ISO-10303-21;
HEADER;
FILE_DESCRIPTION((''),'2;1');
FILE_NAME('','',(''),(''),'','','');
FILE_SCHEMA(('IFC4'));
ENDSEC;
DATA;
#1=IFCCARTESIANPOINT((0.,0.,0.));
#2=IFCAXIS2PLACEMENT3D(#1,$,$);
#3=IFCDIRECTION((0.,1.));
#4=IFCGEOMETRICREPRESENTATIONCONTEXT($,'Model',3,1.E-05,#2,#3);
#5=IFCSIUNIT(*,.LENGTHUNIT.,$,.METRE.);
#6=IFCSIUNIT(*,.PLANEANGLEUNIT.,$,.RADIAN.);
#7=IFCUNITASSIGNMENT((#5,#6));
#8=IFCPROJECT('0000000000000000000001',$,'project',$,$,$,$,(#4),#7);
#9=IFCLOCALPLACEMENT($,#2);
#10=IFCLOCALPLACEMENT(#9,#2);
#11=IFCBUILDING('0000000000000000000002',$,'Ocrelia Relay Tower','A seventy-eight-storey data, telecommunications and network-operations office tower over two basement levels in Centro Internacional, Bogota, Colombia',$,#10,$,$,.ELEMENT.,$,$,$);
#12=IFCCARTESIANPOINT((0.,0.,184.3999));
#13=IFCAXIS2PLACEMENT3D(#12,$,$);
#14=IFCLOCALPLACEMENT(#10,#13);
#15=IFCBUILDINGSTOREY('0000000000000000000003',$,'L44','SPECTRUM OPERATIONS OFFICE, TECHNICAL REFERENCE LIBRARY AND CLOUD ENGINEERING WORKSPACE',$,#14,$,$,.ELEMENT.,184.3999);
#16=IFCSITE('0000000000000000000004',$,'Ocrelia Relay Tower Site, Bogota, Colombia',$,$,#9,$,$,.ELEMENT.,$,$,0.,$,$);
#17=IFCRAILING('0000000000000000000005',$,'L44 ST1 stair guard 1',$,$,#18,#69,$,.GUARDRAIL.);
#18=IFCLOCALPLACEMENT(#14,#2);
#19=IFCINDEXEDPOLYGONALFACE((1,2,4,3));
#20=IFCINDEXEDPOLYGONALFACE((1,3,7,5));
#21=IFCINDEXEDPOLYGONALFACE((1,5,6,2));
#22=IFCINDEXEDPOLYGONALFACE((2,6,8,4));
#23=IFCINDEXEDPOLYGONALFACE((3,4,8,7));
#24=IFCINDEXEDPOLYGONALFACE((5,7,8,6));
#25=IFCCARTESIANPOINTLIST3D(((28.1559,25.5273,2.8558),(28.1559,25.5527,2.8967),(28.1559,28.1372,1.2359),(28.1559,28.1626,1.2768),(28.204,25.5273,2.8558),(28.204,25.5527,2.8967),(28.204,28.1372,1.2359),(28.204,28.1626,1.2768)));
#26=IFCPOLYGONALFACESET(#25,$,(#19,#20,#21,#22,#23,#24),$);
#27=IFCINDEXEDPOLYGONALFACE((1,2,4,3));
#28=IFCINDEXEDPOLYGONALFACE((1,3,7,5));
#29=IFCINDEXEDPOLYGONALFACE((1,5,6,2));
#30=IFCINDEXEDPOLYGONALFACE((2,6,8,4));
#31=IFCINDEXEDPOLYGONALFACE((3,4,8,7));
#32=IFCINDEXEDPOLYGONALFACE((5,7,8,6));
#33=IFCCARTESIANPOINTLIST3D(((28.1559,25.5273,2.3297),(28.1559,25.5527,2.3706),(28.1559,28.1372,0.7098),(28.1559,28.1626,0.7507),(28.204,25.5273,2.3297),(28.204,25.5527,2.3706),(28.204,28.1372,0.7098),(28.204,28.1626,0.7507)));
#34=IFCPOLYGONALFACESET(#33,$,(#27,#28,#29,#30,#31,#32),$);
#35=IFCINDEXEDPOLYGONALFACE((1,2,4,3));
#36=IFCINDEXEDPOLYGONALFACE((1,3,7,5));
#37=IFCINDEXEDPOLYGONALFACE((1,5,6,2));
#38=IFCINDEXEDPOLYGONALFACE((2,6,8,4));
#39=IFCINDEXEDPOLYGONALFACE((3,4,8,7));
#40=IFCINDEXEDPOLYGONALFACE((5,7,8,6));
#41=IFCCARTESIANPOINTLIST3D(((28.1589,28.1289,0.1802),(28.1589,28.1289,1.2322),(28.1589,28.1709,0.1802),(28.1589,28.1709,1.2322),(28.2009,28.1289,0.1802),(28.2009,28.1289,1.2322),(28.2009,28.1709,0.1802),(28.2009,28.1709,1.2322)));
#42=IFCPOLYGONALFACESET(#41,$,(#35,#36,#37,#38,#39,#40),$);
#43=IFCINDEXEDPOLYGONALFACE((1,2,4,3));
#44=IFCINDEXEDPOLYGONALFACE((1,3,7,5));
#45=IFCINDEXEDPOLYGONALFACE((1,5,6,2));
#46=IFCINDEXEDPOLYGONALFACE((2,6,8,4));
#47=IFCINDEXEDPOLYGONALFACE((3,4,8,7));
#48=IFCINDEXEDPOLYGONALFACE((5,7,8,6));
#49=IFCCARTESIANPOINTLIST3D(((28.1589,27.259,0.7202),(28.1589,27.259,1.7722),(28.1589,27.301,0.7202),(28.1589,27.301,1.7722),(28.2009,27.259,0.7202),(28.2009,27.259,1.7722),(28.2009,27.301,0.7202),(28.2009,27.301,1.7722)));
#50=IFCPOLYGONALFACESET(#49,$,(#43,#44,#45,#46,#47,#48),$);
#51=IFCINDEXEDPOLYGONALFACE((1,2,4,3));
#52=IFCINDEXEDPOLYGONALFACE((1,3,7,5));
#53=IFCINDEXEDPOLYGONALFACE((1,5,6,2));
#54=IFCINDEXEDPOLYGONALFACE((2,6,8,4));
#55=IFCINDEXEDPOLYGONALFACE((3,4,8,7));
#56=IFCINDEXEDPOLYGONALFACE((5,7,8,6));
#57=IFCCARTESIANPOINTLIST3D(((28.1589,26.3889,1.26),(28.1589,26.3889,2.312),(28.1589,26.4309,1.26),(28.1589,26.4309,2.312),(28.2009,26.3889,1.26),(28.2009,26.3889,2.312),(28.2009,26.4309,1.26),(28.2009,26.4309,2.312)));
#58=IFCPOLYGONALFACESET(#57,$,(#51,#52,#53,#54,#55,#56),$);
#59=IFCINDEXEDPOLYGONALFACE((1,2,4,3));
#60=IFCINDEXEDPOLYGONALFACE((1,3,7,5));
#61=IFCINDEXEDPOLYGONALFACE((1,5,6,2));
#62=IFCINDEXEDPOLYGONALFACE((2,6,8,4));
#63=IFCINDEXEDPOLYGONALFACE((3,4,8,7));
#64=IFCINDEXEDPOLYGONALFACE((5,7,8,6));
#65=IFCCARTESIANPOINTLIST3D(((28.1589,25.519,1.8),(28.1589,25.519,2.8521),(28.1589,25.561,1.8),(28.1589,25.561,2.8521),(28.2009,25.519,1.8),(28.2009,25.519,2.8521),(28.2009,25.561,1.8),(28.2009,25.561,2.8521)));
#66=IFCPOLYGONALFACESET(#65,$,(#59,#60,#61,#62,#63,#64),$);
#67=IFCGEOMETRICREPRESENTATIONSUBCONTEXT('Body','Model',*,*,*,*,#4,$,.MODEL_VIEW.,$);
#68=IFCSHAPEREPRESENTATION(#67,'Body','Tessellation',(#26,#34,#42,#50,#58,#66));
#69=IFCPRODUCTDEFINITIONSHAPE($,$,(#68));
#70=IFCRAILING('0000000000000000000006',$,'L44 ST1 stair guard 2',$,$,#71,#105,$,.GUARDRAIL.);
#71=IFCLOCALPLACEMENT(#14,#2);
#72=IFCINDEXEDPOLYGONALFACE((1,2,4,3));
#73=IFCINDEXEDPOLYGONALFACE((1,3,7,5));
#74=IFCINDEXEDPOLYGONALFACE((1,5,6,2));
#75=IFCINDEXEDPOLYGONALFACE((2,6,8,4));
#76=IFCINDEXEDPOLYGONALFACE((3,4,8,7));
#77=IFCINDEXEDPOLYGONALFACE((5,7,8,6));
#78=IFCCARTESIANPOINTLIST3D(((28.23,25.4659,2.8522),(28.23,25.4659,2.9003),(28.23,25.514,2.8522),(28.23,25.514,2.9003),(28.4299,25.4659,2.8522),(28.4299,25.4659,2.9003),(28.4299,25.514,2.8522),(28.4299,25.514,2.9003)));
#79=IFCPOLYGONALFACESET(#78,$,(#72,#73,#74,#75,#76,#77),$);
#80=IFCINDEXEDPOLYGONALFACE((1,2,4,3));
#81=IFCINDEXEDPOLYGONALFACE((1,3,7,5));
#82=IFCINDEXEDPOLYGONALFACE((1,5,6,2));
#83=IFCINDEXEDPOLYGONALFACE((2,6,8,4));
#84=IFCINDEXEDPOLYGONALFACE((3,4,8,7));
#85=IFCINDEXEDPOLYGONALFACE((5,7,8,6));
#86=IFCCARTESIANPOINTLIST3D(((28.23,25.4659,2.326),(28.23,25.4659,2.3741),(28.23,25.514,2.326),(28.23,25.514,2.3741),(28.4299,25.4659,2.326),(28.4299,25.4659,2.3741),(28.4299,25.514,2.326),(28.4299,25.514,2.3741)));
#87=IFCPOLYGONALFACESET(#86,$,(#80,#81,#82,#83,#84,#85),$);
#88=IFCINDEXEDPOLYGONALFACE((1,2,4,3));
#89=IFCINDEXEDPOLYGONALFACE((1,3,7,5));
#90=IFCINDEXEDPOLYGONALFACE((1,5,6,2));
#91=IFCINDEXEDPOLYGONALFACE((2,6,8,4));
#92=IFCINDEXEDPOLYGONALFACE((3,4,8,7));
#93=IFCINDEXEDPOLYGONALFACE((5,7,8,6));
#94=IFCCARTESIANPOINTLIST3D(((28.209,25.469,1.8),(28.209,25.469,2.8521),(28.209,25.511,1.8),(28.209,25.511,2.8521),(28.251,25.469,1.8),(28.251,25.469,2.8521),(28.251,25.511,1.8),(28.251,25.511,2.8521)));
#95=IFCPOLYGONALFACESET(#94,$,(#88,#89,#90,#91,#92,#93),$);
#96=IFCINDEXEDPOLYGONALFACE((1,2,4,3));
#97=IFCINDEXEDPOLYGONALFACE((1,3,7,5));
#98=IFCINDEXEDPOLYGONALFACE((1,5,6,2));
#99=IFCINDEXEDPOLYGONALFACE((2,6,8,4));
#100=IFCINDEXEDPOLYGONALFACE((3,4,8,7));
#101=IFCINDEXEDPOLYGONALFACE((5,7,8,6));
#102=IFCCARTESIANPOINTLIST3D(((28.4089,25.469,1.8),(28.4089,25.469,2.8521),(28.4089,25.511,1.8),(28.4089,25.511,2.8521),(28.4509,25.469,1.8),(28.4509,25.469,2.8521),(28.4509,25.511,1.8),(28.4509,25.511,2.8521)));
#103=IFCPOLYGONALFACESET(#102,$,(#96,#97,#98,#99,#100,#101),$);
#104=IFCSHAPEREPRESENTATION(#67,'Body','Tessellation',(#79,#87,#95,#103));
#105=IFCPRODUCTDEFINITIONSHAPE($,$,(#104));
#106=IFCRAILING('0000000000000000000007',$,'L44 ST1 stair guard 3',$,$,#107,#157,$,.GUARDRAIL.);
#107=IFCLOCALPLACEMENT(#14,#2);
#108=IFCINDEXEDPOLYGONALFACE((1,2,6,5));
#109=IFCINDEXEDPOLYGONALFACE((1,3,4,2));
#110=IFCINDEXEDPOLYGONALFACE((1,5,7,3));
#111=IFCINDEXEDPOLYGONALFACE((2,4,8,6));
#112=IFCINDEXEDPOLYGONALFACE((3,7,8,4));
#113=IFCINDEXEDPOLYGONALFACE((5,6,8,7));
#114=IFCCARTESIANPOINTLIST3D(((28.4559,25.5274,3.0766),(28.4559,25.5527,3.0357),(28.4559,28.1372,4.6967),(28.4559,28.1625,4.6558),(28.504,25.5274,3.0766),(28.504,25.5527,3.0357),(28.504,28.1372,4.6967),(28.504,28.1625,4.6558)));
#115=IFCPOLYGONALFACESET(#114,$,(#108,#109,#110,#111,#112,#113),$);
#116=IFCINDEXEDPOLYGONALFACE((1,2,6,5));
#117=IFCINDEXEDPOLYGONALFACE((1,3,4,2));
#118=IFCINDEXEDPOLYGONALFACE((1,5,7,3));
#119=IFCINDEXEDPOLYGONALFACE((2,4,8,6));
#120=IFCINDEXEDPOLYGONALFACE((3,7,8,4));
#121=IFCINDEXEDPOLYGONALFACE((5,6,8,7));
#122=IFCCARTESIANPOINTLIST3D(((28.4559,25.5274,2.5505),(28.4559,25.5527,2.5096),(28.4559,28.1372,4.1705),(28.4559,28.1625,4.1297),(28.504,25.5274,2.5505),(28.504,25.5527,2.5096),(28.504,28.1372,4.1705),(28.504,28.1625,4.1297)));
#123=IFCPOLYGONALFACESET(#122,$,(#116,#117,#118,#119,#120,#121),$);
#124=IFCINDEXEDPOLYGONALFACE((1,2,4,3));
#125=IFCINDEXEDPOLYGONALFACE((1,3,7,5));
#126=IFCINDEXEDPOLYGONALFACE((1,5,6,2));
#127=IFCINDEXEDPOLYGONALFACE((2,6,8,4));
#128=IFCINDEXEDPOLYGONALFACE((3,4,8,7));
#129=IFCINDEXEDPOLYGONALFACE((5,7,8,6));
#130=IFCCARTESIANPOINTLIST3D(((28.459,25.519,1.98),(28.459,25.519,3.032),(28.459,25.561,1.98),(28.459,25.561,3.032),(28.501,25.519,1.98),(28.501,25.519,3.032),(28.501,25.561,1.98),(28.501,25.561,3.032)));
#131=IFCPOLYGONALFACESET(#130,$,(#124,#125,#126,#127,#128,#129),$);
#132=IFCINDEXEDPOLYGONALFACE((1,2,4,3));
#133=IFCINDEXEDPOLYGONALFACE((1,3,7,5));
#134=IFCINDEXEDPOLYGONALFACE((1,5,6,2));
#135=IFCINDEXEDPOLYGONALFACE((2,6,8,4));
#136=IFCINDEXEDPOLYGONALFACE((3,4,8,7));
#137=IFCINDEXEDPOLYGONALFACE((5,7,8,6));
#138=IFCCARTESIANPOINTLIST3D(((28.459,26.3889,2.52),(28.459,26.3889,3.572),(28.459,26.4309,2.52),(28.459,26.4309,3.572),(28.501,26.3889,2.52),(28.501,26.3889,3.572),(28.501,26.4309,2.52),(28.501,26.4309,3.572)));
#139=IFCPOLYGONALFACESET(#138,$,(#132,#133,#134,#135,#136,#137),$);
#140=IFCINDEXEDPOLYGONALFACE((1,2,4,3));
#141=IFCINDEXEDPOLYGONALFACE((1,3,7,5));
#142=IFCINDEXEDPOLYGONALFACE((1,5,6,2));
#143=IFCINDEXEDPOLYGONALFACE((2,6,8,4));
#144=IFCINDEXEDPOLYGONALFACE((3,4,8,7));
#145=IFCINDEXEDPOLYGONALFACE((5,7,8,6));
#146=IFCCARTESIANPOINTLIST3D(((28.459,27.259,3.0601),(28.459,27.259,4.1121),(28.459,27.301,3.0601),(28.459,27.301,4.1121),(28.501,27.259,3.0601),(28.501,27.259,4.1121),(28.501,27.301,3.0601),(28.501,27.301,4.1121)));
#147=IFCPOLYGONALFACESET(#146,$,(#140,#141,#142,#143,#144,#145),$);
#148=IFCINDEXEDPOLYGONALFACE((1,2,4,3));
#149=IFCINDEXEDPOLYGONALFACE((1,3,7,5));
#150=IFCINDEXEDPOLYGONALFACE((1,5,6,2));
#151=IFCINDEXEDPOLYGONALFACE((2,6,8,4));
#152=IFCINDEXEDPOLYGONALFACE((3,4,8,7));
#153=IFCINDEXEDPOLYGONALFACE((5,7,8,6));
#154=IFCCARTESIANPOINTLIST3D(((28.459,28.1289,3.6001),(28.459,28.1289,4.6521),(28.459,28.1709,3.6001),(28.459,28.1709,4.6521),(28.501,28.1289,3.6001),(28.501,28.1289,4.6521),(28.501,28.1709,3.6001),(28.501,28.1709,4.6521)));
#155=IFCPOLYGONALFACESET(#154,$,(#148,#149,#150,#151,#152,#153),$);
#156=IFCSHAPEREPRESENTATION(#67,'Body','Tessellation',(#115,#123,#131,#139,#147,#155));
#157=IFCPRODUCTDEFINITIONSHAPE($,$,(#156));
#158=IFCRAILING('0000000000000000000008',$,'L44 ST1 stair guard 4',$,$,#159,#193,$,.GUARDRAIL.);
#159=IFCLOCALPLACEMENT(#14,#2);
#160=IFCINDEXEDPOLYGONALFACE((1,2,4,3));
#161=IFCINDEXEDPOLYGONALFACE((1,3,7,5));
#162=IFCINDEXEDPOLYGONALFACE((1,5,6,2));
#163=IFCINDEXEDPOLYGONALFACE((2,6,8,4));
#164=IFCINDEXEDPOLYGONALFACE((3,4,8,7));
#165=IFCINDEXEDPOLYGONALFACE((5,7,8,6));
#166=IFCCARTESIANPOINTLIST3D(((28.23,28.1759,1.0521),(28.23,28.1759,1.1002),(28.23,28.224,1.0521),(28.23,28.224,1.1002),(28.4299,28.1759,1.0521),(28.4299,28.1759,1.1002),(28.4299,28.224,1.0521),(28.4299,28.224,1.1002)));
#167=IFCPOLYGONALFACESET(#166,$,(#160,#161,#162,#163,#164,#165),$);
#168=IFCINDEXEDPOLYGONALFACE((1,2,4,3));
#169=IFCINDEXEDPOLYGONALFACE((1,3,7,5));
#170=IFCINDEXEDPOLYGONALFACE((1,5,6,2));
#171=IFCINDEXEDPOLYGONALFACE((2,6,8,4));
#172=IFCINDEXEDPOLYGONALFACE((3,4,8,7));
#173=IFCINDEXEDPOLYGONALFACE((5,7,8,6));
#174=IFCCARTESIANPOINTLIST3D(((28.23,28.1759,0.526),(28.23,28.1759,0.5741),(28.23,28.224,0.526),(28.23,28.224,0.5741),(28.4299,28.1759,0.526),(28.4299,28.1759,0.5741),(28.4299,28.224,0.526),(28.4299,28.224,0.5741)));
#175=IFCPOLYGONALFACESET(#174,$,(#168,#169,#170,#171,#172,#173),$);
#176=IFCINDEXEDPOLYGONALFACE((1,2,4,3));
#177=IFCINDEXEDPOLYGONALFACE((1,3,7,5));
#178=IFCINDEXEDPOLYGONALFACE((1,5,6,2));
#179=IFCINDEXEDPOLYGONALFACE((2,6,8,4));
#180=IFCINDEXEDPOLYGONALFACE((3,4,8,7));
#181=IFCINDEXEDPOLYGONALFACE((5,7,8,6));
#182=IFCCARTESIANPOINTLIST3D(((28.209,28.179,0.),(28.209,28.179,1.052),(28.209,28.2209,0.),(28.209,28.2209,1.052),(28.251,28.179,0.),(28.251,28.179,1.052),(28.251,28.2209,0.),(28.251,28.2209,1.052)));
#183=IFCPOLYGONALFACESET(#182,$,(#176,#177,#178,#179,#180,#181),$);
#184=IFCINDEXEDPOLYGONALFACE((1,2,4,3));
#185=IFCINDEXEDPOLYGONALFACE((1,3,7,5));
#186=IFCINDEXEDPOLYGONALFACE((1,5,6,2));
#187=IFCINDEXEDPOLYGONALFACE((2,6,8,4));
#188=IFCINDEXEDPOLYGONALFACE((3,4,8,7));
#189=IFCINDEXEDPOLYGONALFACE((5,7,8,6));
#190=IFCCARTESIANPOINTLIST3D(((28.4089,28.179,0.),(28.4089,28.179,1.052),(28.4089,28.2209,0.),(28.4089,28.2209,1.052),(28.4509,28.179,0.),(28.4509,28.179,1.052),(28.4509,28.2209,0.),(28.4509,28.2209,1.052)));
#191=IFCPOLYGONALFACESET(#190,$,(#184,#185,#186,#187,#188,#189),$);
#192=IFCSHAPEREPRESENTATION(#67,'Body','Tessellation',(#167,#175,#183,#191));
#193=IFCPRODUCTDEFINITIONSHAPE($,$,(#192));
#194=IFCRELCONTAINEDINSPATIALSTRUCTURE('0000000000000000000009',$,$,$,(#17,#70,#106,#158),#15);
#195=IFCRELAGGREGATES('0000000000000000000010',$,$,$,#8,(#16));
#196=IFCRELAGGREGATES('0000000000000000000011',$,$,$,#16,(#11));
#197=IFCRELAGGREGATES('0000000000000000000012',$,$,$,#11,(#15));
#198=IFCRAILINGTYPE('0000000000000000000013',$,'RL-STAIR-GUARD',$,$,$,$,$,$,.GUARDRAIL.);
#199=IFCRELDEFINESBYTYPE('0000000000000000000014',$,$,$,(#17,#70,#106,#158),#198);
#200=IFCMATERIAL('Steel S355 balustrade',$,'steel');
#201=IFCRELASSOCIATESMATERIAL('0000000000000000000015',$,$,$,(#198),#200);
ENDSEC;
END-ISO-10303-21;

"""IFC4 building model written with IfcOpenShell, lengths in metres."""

from ifc_helpers import new_model, si_unit, direction, frame, origin, origin_2d, place, context, subcontext, project, spatial, rectangle, extrude, material, type_object, element, save


model = new_model("IFC4")

# Units and contexts
model_context = context("Model", 3, precision=1e-05, world=origin(), true_north=direction((0.0, 1.0)))
body_context = subcontext(model_context, "Body", "Model", "MODEL_VIEW")
ifc_project = project(units=[si_unit("LENGTHUNIT", "METRE"), si_unit("PLANEANGLEUNIT", "RADIAN")], contexts=[model_context])

# Site, building, storey
site_placement = place(None, origin())
site = spatial("IfcSite", under=ifc_project, at=site_placement, Name="Ocrelia Relay Tower Site, Bogota, Colombia", CompositionType="ELEMENT", RefElevation=0.0)
building_placement = place(site_placement, origin())
building = spatial("IfcBuilding", under=site, at=building_placement, Name="Ocrelia Relay Tower", Description="A seventy-eight-storey data, telecommunications and network-operations office tower over two basement levels in Centro Internacional, Bogota, Colombia", CompositionType="ELEMENT")
storey_placement = place(building_placement, frame((0.0, 0.0, 184.3999)))
storey = spatial("IfcBuildingStorey", under=building, at=storey_placement, Name="L44", Description="SPECTRUM OPERATIONS OFFICE, TECHNICAL REFERENCE LIBRARY AND CLOUD ENGINEERING WORKSPACE", CompositionType="ELEMENT", Elevation=184.3999)

# Railings
ifc_material_1 = material(Name="Steel S355 balustrade", Category="steel")
railing_type_1 = type_object("IfcRailingType", Name="RL-STAIR-GUARD", PredefinedType="GUARDRAIL", material=ifc_material_1)
railing_1_placement = place(storey_placement, frame((28.1799, 28.1499, 0.1802)))
element("IfcRailing", 1, at=railing_1_placement, inside=storey, type_object=railing_type_1, Name="L44 ST1 stair guard 1", PredefinedType="GUARDRAIL", context=body_context, shape_type="SweptSolid", body=[
    extrude(rectangle(XDim=0.0481, YDim=0.0481, at=origin_2d()), frame((0.0, 0.0, 1.0762), z_axis=(0.0, -0.849646, 0.527353), x_axis=(1.0, 0.0, 0.0)), (0.0, 0.0, 1.0), 3.0718),
    extrude(rectangle(XDim=0.0481, YDim=0.0481, at=origin_2d()), frame((0.0, 0.0, 0.55), z_axis=(0.0, -0.849646, 0.527353), x_axis=(1.0, 0.0, 0.0)), (0.0, 0.0, 1.0), 3.0718),
    extrude(rectangle(XDim=0.042, YDim=0.042, at=origin_2d()), origin(), (0.0, 0.0, 1.0), 1.052),
    extrude(rectangle(XDim=0.042, YDim=0.042, at=origin_2d()), frame((0.0, -0.8699, 0.54)), (0.0, 0.0, 1.0), 1.052),
    extrude(rectangle(XDim=0.042, YDim=0.042, at=origin_2d()), frame((0.0, -1.74, 1.0798)), (0.0, 0.0, 1.0), 1.052),
    extrude(rectangle(XDim=0.042, YDim=0.042, at=origin_2d()), frame((0.0, -2.6099, 1.6199)), (0.0, 0.0, 1.0), 1.052),
])
railing_2_placement = place(storey_placement, frame((28.23, 25.49, 1.8)))
element("IfcRailing", 2, at=railing_2_placement, inside=storey, type_object=railing_type_1, Name="L44 ST1 stair guard 2", PredefinedType="GUARDRAIL", context=body_context, shape_type="SweptSolid", body=[
    extrude(rectangle(XDim=0.0481, YDim=0.0481, at=origin_2d()), frame((0.0, 0.0, 1.0762), z_axis=(1.0, 0.0, 0.0), x_axis=(0.0, 1.0, 0.0)), (0.0, 0.0, 1.0), 0.2),
    extrude(rectangle(XDim=0.0481, YDim=0.0481, at=origin_2d()), frame((0.0, 0.0, 0.55), z_axis=(1.0, 0.0, 0.0), x_axis=(0.0, 1.0, 0.0)), (0.0, 0.0, 1.0), 0.2),
    extrude(rectangle(XDim=0.042, YDim=0.042, at=origin_2d()), origin(), (0.0, 0.0, 1.0), 1.052),
    extrude(rectangle(XDim=0.042, YDim=0.042, at=origin_2d()), frame((0.2, 0.0, 0.0)), (0.0, 0.0, 1.0), 1.052),
])
railing_3_placement = place(storey_placement, frame((28.48, 25.54, 1.98)))
element("IfcRailing", 3, at=railing_3_placement, inside=storey, type_object=railing_type_1, Name="L44 ST1 stair guard 3", PredefinedType="GUARDRAIL", context=body_context, shape_type="SweptSolid", body=[
    extrude(rectangle(XDim=0.0481, YDim=0.0481, at=origin_2d()), frame((0.0, 0.0, 1.0762), z_axis=(0.0, 0.849611, 0.52741), x_axis=(-1.0, 0.0, 0.0)), (0.0, 0.0, 1.0), 3.0718),
    extrude(rectangle(XDim=0.0481, YDim=0.0481, at=origin_2d()), frame((0.0, 0.0, 0.55), z_axis=(0.0, 0.849611, 0.52741), x_axis=(-1.0, 0.0, 0.0)), (0.0, 0.0, 1.0), 3.0718),
    extrude(rectangle(XDim=0.042, YDim=0.042, at=origin_2d()), origin(), (0.0, 0.0, 1.0), 1.052),
    extrude(rectangle(XDim=0.042, YDim=0.042, at=origin_2d()), frame((0.0, 0.8699, 0.54)), (0.0, 0.0, 1.0), 1.052),
    extrude(rectangle(XDim=0.042, YDim=0.042, at=origin_2d()), frame((0.0, 1.74, 1.0801)), (0.0, 0.0, 1.0), 1.052),
    extrude(rectangle(XDim=0.042, YDim=0.042, at=origin_2d()), frame((0.0, 2.6099, 1.6201)), (0.0, 0.0, 1.0), 1.052),
])
railing_4_placement = place(storey_placement, frame((28.23, 28.2, 0.0)))
element("IfcRailing", 4, at=railing_4_placement, inside=storey, type_object=railing_type_1, Name="L44 ST1 stair guard 4", PredefinedType="GUARDRAIL", context=body_context, shape_type="SweptSolid", body=[
    extrude(rectangle(XDim=0.0481, YDim=0.0481, at=origin_2d()), frame((0.0, 0.0, 1.0762), z_axis=(1.0, 0.0, 0.0), x_axis=(0.0, 1.0, 0.0)), (0.0, 0.0, 1.0), 0.2),
    extrude(rectangle(XDim=0.0481, YDim=0.0481, at=origin_2d()), frame((0.0, 0.0, 0.55), z_axis=(1.0, 0.0, 0.0), x_axis=(0.0, 1.0, 0.0)), (0.0, 0.0, 1.0), 0.2),
    extrude(rectangle(XDim=0.042, YDim=0.042, at=origin_2d()), origin(), (0.0, 0.0, 1.0), 1.052),
    extrude(rectangle(XDim=0.042, YDim=0.042, at=origin_2d()), frame((0.2, 0.0, 0.0)), (0.0, 0.0, 1.0), 1.052),
])

save(model, "model.ifc")
